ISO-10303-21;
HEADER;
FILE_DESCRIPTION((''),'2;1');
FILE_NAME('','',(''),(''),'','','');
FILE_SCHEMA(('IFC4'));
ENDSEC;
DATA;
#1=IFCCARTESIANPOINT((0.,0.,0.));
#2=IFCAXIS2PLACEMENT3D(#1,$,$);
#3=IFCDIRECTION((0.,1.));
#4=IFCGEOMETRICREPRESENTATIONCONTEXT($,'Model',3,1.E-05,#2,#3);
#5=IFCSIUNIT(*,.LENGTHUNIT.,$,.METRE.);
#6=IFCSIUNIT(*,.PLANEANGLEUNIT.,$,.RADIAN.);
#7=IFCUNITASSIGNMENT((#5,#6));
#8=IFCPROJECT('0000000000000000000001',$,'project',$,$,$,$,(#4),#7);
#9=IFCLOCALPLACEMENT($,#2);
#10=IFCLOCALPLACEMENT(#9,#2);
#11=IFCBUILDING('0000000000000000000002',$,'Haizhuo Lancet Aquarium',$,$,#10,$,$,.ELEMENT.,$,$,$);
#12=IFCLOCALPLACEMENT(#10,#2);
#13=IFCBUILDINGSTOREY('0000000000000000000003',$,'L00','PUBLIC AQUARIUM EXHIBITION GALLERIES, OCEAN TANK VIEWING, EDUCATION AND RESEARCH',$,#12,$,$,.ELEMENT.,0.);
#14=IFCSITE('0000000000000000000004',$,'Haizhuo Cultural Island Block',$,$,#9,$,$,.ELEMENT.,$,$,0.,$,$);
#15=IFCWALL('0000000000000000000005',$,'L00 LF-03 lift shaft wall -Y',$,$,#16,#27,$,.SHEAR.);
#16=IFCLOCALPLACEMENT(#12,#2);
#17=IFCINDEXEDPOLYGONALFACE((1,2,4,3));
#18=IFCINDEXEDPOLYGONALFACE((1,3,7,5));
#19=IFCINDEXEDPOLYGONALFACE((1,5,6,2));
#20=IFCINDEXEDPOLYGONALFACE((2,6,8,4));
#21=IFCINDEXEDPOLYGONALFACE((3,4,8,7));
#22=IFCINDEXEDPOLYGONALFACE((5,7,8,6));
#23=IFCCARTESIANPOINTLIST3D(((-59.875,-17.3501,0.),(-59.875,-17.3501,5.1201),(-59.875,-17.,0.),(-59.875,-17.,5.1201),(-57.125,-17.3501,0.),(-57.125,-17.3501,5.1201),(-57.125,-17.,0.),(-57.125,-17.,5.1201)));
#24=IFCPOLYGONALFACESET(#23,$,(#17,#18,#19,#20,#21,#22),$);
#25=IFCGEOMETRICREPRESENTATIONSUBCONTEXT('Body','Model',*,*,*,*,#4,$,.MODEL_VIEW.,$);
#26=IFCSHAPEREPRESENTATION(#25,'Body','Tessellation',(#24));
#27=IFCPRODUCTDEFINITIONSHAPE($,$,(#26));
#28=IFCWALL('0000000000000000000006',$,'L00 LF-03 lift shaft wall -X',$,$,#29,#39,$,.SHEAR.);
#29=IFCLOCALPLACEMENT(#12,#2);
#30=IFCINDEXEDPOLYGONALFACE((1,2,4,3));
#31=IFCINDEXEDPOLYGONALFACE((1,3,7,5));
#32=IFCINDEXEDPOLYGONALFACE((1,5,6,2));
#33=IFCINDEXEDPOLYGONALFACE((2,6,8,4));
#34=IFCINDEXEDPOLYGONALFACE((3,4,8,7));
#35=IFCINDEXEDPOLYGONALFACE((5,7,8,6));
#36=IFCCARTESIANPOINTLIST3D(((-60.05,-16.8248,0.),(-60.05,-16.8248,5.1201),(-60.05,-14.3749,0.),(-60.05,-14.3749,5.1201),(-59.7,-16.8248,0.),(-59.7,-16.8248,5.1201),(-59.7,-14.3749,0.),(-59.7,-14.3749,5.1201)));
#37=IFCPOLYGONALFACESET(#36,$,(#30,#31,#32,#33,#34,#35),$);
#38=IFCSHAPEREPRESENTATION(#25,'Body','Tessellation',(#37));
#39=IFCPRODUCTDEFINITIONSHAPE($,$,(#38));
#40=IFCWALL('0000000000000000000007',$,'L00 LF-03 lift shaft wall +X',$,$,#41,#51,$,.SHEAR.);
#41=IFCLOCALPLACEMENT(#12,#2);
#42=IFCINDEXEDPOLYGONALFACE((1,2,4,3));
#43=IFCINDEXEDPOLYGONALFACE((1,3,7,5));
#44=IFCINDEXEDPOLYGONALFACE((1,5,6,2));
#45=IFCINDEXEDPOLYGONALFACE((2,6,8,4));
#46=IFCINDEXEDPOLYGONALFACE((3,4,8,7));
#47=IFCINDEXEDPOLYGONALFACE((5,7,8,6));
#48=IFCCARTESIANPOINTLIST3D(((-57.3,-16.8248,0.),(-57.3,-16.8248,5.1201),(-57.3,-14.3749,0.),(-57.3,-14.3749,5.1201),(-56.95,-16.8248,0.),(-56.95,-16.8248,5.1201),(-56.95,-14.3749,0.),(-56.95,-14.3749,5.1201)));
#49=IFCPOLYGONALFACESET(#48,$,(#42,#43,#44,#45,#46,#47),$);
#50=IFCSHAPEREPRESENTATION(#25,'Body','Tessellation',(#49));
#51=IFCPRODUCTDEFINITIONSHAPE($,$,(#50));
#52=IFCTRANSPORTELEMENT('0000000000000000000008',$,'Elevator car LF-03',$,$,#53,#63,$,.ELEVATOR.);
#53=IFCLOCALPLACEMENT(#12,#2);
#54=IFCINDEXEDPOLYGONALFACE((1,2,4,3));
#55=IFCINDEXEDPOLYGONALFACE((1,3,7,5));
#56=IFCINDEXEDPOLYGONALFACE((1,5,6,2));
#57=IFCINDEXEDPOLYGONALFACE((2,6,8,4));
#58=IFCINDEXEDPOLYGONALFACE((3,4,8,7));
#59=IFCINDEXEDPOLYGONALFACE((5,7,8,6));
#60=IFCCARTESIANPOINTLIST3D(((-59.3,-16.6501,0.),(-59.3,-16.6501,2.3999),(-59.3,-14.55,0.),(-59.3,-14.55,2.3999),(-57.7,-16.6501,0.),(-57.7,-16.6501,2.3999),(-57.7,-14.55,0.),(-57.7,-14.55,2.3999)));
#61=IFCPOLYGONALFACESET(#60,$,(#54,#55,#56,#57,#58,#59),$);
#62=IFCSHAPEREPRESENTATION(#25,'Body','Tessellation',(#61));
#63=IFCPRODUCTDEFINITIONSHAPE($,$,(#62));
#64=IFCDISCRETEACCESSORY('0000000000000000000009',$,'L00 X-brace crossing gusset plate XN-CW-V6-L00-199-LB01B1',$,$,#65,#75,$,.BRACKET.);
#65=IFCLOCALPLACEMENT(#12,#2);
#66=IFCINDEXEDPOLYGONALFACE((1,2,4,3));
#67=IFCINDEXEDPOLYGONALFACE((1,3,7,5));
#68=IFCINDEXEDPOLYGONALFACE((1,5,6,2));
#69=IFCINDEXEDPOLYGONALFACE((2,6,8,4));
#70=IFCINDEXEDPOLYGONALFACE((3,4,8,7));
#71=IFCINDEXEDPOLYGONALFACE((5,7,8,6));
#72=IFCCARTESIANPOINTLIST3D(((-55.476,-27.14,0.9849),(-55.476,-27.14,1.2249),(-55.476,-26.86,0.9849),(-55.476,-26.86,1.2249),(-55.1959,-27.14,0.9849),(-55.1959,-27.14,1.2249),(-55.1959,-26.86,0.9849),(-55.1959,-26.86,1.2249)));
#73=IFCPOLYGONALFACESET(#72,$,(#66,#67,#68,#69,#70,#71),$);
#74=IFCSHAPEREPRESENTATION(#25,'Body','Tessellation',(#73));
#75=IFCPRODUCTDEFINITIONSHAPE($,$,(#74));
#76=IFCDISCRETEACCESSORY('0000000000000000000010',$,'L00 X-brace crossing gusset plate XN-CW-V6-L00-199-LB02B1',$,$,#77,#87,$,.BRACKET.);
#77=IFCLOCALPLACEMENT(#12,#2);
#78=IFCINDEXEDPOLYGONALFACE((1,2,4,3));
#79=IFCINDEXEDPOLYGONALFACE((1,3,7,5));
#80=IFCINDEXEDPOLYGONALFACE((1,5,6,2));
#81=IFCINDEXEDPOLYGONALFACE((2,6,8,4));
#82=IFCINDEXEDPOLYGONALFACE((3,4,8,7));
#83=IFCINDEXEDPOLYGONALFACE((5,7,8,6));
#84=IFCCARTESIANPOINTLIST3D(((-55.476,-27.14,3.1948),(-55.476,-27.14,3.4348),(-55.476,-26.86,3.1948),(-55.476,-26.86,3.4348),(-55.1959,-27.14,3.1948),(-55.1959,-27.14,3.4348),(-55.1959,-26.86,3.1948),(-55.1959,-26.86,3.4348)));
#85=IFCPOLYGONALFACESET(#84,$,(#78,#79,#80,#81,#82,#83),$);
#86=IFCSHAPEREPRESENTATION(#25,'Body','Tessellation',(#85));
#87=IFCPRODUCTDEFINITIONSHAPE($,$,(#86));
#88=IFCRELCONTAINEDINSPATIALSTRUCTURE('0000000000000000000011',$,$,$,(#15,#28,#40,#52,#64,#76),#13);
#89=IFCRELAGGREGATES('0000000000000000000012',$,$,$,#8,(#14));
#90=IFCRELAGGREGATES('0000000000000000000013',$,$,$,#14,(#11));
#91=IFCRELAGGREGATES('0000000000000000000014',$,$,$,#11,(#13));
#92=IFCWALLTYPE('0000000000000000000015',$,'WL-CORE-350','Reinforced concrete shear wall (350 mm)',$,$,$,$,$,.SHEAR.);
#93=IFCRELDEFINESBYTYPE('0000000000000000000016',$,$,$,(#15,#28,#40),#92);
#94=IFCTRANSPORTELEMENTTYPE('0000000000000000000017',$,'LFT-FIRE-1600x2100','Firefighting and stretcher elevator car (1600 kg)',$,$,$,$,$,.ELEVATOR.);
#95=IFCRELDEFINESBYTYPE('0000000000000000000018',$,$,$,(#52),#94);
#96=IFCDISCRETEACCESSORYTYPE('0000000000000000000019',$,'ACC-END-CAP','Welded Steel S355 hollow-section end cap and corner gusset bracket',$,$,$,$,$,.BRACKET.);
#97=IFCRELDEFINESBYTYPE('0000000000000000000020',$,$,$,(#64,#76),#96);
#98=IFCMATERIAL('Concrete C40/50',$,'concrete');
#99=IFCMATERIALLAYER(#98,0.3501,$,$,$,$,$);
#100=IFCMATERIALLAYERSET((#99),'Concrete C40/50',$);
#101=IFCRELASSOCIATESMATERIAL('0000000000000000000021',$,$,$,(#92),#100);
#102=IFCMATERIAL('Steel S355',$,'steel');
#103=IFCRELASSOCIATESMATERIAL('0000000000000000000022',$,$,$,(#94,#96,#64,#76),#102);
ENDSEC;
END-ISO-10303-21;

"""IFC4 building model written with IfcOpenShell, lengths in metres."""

from ifc_helpers import new_model, si_unit, direction, frame, frame_2d, origin, origin_2d, place, context, subcontext, project, spatial, rectangle, extrude, material, layer, layer_set, type_object, element, save


model = new_model("IFC4")

# Units and contexts
model_context = context("Model", 3, precision=1e-05, world=origin(), true_north=direction((0.0, 1.0)))
body_context = subcontext(model_context, "Body", "Model", "MODEL_VIEW")
ifc_project = project(units=[si_unit("LENGTHUNIT", "METRE"), si_unit("PLANEANGLEUNIT", "RADIAN")], contexts=[model_context])

# Site, building, storey
site_placement = place(None, origin())
site = spatial("IfcSite", under=ifc_project, at=site_placement, Name="Haizhuo Cultural Island Block", CompositionType="ELEMENT", RefElevation=0.0)
building_placement = place(site_placement, origin())
building = spatial("IfcBuilding", under=site, at=building_placement, Name="Haizhuo Lancet Aquarium", CompositionType="ELEMENT")
storey_placement = place(building_placement, origin())
storey = spatial("IfcBuildingStorey", under=building, at=storey_placement, Name="L00", Description="PUBLIC AQUARIUM EXHIBITION GALLERIES, OCEAN TANK VIEWING, EDUCATION AND RESEARCH", CompositionType="ELEMENT", Elevation=0.0)

# Shared definitions
ifc_material_1 = material(Name="Steel S355", Category="steel")

# Shared definitions
ifc_material_2 = material(Name="Concrete C40/50", Category="concrete")

# Walls
ifc_layer_1 = layer(ifc_material_2, 0.3501)
ifc_layer_set_1 = layer_set([ifc_layer_1], Name="Concrete C40/50")
wall_type_1 = type_object("IfcWallType", Name="WL-CORE-350", Description="Reinforced concrete shear wall (350 mm)", PredefinedType="SHEAR", material=ifc_layer_set_1)
wall_1_placement = place(storey_placement, frame((-59.875, -17.175, 0.0), z_axis=(0.0, 0.0, 1.0), x_axis=(1.0, 0.0, 0.0)))
element("IfcWall", 1, at=wall_1_placement, inside=storey, type_object=wall_type_1, Name="L00 LF-03 lift shaft wall -Y", PredefinedType="SHEAR", context=body_context, shape_type="SweptSolid", body=[
    extrude(rectangle(XDim=2.75, YDim=0.3501, at=frame_2d((1.375, 0.0))), origin(), (0.0, 0.0, 1.0), 5.1201),
])
for number, where, z_axis, x_axis, name in (
    (2, (-59.875, -16.825, 0.0), (0.0, 0.0, 1.0), (0.0, 1.0, 0.0), "L00 LF-03 lift shaft wall -X"),
    (3, (-57.125, -16.825, 0.0), (0.0, 0.0, 1.0), (0.0, 1.0, 0.0), "L00 LF-03 lift shaft wall +X"),
):
    element("IfcWall", number, at=place(storey_placement, frame(where, z_axis=z_axis, x_axis=x_axis)), inside=storey, type_object=wall_type_1, Name=name, PredefinedType="SHEAR", context=body_context, shape_type="SweptSolid", body=[
        extrude(rectangle(XDim=2.45, YDim=0.3501, at=frame_2d((1.2251, 0.0))), origin(), (0.0, 0.0, 1.0), 5.1201),
    ])

# Transport element
transport_element_type = type_object("IfcTransportElementType", Name="LFT-FIRE-1600x2100", Description="Firefighting and stretcher elevator car (1600 kg)", PredefinedType="ELEVATOR", material=ifc_material_1)
transport_element_placement = place(storey_placement, frame((-58.5, -15.6001, 0.0), z_axis=(0.0, 0.0, 1.0), x_axis=(1.0, 0.0, 0.0)))
element("IfcTransportElement", 4, at=transport_element_placement, inside=storey, type_object=transport_element_type, Name="Elevator car LF-03", PredefinedType="ELEVATOR", context=body_context, shape_type="SweptSolid", body=[
    extrude(rectangle(XDim=1.6001, YDim=2.1001, at=origin_2d()), origin(), (0.0, 0.0, 1.0), 2.3999),
])

# Discrete accessories
discrete_accessory_type = type_object("IfcDiscreteAccessoryType", Name="ACC-END-CAP", Description="Welded Steel S355 hollow-section end cap and corner gusset bracket", PredefinedType="BRACKET", material=ifc_material_1)
for number, where, z_axis, x_axis, name in (
    (5, (-55.3359, -27.0, 0.9849), (0.0, 0.0, 1.0), (1.0, 0.0, 0.0), "L00 X-brace crossing gusset plate XN-CW-V6-L00-199-LB01B1"),
    (6, (-55.3359, -27.0, 3.1948), (0.0, 0.0, 1.0), (1.0, 0.0, 0.0), "L00 X-brace crossing gusset plate XN-CW-V6-L00-199-LB02B1"),
):
    element("IfcDiscreteAccessory", number, at=place(storey_placement, frame(where, z_axis=z_axis, x_axis=x_axis)), inside=storey, type_object=discrete_accessory_type, material=ifc_material_1, Name=name, PredefinedType="BRACKET", context=body_context, shape_type="SweptSolid", body=[
        extrude(rectangle(XDim=0.28, YDim=0.28, at=origin_2d()), origin(), (0.0, 0.0, 1.0), 0.24),
    ])

save(model, "model.ifc")
